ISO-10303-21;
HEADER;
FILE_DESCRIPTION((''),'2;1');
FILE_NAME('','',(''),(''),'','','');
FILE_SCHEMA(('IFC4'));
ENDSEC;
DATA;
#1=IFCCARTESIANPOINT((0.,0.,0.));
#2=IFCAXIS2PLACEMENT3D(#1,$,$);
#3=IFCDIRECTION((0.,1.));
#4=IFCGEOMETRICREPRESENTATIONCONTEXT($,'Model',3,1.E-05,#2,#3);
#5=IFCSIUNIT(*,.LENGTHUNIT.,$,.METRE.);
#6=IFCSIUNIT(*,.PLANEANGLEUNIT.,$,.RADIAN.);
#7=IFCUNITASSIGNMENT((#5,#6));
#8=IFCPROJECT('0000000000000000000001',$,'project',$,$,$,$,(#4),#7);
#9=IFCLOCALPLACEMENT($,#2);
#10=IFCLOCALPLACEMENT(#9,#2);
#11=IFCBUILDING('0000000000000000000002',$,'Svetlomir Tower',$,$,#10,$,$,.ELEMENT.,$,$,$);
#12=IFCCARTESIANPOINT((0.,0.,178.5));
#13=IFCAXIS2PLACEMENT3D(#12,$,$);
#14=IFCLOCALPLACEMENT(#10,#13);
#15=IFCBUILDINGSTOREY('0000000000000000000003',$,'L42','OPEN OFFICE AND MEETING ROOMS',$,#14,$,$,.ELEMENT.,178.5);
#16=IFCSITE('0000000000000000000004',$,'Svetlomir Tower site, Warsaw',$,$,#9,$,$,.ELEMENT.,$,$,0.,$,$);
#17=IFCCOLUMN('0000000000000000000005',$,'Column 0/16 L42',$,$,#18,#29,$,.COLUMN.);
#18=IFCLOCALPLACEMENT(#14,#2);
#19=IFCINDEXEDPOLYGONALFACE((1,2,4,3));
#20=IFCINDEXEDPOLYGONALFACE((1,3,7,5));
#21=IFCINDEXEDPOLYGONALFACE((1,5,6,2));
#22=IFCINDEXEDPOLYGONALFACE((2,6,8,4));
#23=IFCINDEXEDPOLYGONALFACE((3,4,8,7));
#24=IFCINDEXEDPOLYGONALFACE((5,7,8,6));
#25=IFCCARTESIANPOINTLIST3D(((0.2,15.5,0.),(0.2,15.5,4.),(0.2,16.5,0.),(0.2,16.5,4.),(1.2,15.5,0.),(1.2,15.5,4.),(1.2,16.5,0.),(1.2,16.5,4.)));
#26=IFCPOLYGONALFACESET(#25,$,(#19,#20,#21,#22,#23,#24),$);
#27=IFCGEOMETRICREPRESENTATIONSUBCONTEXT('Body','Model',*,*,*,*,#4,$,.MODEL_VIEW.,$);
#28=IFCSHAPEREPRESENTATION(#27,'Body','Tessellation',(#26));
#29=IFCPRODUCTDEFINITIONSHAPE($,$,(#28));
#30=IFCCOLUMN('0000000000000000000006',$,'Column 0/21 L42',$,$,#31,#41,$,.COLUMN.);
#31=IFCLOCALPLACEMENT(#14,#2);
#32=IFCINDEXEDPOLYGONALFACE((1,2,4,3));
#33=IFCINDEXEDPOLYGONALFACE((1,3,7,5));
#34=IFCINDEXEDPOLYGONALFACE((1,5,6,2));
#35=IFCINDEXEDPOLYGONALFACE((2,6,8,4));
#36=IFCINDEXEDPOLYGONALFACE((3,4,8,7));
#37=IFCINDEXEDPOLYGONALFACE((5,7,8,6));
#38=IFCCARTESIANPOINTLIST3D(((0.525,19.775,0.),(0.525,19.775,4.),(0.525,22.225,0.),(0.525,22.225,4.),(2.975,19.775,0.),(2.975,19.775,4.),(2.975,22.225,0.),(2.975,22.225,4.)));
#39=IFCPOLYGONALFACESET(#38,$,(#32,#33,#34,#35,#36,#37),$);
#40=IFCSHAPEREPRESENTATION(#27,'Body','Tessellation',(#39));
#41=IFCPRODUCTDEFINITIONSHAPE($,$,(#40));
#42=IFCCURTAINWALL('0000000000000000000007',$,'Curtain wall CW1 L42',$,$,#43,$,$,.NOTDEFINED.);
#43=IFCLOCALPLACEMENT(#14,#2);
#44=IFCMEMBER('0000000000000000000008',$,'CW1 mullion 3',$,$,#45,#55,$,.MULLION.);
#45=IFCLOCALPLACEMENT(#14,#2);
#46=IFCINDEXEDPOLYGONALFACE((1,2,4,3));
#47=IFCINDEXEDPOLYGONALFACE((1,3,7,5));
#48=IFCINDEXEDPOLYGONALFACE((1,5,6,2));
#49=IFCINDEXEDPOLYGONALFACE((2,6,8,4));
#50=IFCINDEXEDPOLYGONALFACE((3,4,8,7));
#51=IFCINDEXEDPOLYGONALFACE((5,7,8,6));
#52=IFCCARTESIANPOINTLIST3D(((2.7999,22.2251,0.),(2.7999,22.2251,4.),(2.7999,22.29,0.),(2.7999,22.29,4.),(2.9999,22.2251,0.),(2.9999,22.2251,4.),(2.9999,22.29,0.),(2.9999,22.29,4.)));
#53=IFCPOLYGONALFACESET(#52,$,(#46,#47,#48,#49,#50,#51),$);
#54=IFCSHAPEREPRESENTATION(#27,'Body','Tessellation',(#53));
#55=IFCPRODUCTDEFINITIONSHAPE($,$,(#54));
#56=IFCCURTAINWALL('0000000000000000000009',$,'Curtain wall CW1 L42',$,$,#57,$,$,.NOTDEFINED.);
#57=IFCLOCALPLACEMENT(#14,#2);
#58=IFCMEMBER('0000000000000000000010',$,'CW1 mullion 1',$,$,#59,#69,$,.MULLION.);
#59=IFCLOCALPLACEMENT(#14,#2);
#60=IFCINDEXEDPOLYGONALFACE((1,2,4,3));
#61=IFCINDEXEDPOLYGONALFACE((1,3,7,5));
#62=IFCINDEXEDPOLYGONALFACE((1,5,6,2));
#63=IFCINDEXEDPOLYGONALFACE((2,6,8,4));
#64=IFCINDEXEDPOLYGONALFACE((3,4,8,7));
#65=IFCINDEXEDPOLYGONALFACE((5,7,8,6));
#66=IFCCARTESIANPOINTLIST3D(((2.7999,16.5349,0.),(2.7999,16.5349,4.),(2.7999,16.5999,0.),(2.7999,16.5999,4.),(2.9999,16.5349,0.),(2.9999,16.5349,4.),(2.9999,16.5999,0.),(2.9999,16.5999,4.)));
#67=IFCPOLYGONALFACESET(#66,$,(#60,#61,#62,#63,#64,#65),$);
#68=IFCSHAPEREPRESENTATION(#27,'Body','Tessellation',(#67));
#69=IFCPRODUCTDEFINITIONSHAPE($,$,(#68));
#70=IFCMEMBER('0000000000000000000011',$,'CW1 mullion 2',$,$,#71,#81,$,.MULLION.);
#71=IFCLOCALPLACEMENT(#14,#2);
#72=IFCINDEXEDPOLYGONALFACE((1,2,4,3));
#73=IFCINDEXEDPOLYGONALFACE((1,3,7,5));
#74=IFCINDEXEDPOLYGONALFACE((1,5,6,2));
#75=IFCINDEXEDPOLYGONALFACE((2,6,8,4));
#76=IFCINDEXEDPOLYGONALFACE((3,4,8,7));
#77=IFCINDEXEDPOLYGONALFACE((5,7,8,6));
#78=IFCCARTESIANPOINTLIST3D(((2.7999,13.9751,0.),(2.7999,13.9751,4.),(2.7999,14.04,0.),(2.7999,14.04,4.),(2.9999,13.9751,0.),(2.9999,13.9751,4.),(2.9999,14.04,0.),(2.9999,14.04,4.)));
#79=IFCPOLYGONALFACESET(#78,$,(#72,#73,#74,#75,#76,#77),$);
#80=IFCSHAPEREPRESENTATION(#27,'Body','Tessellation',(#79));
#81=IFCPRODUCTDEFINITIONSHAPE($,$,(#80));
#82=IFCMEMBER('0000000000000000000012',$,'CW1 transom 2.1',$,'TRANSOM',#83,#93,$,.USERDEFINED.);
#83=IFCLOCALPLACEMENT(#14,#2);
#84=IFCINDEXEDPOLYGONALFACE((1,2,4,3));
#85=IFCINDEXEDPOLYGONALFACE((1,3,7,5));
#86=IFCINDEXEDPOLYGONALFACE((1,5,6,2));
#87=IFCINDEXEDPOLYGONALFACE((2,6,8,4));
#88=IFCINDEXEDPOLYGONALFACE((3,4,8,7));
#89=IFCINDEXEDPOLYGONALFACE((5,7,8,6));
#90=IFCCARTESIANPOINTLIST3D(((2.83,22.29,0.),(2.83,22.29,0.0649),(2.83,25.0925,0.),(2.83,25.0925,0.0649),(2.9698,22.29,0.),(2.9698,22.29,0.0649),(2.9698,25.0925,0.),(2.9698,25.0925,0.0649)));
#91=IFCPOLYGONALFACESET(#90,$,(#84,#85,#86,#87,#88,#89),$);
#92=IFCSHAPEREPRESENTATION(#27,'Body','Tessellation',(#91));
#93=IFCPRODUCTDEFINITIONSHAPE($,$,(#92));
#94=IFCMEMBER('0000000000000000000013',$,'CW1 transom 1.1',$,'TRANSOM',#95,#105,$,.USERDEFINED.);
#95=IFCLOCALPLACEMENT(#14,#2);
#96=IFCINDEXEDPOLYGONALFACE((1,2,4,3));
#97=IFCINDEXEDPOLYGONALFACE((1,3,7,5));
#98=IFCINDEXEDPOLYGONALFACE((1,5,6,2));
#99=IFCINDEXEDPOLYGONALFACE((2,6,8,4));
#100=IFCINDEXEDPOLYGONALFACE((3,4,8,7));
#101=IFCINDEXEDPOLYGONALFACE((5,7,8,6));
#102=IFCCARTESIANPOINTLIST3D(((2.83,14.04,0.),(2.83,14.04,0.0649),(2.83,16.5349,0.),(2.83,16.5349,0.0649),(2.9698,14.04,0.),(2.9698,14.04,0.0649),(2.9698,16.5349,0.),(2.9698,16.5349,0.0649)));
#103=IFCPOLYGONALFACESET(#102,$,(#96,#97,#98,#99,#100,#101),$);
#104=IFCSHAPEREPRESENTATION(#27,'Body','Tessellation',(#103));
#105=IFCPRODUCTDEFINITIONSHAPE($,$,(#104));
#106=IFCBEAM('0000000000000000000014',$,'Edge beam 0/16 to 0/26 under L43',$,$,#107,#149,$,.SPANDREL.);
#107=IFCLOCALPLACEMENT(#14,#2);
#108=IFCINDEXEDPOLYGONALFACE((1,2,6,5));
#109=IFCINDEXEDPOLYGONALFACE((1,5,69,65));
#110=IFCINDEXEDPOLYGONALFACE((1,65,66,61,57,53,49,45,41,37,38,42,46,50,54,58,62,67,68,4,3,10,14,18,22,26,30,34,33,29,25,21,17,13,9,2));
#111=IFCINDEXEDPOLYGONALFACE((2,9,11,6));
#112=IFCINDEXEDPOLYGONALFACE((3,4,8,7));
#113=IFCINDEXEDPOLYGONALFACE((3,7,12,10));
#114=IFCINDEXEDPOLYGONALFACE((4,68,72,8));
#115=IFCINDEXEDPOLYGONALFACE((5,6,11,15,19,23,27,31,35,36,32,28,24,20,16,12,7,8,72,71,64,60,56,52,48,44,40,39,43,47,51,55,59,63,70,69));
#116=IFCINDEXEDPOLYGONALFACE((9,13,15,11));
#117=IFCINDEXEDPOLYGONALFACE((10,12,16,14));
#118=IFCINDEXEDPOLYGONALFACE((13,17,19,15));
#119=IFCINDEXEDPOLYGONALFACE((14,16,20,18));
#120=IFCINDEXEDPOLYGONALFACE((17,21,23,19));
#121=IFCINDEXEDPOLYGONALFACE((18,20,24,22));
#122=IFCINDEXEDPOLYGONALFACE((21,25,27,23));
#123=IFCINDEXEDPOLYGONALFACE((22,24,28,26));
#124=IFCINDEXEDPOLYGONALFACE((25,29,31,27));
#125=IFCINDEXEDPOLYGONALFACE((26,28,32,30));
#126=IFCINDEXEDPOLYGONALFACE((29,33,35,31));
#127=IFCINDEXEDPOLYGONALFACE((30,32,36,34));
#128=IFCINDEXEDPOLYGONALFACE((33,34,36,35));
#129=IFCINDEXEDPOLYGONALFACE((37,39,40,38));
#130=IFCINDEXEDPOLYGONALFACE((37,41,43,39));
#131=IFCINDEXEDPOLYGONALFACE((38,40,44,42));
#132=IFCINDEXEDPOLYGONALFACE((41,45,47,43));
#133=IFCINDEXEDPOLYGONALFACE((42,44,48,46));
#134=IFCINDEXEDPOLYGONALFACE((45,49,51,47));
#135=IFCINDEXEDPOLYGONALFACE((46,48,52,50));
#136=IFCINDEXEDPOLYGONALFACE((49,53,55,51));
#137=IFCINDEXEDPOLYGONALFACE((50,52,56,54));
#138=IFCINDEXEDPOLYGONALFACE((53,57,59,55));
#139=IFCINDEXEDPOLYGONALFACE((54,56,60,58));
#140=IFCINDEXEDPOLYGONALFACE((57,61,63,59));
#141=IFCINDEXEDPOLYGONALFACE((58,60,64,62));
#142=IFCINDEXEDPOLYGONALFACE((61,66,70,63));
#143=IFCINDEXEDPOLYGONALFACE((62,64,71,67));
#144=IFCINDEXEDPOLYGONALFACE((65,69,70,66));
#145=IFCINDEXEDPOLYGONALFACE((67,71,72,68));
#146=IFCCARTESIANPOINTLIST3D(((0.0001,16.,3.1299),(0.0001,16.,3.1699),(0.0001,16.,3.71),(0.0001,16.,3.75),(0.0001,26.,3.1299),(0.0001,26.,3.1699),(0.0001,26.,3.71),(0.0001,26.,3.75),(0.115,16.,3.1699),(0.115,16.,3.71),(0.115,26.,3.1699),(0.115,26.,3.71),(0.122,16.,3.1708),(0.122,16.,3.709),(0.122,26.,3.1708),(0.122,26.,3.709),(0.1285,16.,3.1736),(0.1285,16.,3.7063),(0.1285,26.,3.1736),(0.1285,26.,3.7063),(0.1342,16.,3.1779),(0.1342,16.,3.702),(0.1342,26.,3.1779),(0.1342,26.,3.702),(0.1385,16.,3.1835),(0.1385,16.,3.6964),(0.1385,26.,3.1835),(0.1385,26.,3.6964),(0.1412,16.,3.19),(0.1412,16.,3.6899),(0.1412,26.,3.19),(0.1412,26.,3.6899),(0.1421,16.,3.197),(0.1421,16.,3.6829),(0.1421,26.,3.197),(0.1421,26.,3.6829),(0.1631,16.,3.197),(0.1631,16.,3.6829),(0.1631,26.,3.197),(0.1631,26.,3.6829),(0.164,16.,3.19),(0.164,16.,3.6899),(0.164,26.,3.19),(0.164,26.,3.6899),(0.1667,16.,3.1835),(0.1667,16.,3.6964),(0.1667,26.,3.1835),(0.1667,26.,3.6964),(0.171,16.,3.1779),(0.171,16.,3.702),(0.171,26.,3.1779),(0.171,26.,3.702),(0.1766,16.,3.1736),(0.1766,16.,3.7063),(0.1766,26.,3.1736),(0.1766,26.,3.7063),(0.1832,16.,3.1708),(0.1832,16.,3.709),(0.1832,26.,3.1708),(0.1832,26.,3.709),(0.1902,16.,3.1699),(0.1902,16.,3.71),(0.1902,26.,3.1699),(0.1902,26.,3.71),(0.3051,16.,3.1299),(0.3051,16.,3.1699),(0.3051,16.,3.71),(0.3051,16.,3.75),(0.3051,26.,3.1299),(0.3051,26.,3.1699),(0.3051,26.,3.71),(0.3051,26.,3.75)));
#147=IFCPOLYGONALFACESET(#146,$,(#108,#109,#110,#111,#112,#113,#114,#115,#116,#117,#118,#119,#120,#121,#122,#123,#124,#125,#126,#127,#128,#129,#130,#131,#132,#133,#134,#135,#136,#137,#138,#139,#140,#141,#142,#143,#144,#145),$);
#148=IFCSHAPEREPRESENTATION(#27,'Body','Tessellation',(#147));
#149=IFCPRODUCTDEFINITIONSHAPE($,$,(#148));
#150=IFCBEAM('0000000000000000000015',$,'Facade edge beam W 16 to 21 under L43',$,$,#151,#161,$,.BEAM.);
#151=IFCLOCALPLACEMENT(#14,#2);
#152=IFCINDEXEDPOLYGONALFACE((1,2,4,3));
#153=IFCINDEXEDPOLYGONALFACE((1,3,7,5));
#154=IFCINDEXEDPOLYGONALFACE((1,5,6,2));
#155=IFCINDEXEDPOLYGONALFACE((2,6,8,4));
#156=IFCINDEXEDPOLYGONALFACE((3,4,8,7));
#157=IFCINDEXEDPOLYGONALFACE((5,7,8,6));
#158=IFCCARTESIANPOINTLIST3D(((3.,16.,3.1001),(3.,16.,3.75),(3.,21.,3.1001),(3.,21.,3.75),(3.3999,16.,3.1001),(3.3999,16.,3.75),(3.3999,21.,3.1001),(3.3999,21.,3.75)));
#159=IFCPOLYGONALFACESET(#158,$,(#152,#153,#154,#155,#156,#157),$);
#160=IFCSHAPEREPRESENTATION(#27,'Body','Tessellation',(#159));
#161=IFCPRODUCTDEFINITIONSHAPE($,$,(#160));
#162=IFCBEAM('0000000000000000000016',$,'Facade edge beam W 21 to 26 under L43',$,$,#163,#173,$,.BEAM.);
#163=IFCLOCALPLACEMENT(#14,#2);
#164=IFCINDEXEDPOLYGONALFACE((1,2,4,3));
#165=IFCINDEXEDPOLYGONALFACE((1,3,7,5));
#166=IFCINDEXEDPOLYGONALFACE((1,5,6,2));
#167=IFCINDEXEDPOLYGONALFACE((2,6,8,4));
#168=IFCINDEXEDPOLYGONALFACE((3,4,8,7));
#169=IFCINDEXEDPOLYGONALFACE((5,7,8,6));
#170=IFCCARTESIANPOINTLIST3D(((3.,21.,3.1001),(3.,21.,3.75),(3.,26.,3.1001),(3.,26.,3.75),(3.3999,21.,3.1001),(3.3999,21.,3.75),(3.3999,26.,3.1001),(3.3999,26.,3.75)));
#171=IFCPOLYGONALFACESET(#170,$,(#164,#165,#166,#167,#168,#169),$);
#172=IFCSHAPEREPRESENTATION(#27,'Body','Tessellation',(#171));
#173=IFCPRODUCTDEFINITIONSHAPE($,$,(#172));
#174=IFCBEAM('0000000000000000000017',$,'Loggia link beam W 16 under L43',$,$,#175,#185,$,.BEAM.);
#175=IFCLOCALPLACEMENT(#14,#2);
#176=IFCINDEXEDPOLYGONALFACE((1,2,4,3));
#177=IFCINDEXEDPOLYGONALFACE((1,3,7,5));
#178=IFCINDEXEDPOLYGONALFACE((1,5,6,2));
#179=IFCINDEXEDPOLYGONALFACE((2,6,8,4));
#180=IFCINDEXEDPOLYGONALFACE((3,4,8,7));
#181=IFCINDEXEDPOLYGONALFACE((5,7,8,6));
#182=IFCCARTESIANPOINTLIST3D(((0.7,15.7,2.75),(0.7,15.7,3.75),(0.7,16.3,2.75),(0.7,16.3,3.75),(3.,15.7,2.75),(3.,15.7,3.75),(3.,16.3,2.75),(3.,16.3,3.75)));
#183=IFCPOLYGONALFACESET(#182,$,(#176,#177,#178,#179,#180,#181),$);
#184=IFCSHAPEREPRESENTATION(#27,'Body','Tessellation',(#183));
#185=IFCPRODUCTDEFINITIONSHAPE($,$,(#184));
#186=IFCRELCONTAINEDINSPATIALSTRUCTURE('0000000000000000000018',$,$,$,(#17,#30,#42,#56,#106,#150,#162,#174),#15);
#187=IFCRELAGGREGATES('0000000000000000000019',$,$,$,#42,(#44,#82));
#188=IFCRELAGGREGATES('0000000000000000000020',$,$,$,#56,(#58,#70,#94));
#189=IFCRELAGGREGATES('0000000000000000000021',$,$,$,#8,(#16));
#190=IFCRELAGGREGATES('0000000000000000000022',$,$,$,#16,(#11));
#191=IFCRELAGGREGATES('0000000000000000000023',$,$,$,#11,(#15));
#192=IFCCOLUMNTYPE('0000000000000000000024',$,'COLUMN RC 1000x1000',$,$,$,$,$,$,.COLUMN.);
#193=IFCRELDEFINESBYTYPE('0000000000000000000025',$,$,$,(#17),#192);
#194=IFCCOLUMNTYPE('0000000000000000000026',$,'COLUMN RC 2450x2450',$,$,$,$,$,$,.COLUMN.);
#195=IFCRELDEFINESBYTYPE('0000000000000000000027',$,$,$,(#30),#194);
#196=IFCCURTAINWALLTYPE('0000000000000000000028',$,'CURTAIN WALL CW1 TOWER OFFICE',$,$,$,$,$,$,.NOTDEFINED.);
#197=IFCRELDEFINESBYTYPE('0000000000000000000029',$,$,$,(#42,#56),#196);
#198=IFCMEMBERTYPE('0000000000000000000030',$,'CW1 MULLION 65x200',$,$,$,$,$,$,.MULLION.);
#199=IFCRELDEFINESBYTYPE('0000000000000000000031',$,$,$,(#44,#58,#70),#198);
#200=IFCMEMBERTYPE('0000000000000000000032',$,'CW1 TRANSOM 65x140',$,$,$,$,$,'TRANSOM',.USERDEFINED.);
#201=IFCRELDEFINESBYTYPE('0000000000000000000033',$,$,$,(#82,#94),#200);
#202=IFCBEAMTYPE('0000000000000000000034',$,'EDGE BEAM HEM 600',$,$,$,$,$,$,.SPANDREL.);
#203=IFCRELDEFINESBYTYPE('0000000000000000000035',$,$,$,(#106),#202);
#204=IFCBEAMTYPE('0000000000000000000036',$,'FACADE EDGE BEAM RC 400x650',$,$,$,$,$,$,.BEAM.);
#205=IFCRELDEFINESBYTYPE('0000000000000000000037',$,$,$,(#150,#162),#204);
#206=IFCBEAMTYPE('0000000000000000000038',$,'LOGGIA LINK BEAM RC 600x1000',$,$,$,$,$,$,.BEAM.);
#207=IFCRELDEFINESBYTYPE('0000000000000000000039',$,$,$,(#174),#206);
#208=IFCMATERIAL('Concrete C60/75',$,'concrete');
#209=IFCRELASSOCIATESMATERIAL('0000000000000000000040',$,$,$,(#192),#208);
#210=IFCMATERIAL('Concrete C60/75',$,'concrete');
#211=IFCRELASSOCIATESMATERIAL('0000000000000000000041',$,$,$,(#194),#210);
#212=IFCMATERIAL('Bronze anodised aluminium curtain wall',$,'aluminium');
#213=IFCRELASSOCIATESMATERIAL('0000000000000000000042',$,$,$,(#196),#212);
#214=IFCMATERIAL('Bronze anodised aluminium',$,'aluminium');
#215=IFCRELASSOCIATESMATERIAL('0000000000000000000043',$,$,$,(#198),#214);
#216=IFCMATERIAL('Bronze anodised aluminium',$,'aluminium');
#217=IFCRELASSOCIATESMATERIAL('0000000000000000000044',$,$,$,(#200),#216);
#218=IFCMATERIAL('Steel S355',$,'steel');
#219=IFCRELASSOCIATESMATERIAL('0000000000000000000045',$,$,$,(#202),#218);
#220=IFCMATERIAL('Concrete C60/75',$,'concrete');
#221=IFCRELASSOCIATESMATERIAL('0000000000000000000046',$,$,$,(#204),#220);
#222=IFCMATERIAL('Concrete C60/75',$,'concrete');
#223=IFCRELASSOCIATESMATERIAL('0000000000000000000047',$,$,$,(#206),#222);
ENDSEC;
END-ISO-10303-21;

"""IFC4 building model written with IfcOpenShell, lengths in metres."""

from ifc_helpers import new_model, si_unit, direction, frame, origin, origin_2d, place, context, subcontext, project, spatial, rectangle, i_section, extrude, material, material_profile, profile_set, type_object, element, aggregate, save


model = new_model("IFC4")

# Units and contexts
model_context = context("Model", 3, precision=1e-05, world=origin(), true_north=direction((0.0, 1.0)))
body_context = subcontext(model_context, "Body", "Model", "MODEL_VIEW")
ifc_project = project(units=[si_unit("LENGTHUNIT", "METRE"), si_unit("PLANEANGLEUNIT", "RADIAN")], contexts=[model_context])

# Site, building, storey
site_placement = place(None, origin())
site = spatial("IfcSite", under=ifc_project, at=site_placement, Name="Svetlomir Tower site, Warsaw", CompositionType="ELEMENT", RefElevation=0.0)
building_placement = place(site_placement, origin())
building = spatial("IfcBuilding", under=site, at=building_placement, Name="Svetlomir Tower", CompositionType="ELEMENT")
storey_placement = place(building_placement, frame((0.0, 0.0, 178.5)))
storey = spatial("IfcBuildingStorey", under=building, at=storey_placement, Name="L42", Description="OPEN OFFICE AND MEETING ROOMS", CompositionType="ELEMENT", Elevation=178.5)

# Columns
ifc_material_1 = material(Name="Concrete C60/75", Category="concrete")
ifc_material_profile_1 = material_profile(ifc_material_1, rectangle(XDim=1.0, YDim=1.0, at=origin_2d()), Name="RC 1000x1000")
ifc_profile_set_1 = profile_set([ifc_material_profile_1], Name="Concrete C60/75")
column_type_1 = type_object("IfcColumnType", Name="COLUMN RC 1000x1000", PredefinedType="COLUMN", material=ifc_profile_set_1)
column_1_placement = place(storey_placement, frame((0.7, 16.0, 0.0), z_axis=(0.0, 0.0, 1.0), x_axis=(1.0, 0.0, 0.0)))
element("IfcColumn", 1, at=column_1_placement, inside=storey, type_object=column_type_1, Name="Column 0/16 L42", PredefinedType="COLUMN", context=body_context, shape_type="SweptSolid", body=[
    extrude(rectangle(XDim=1.0, YDim=1.0, at=origin_2d()), origin(), (0.0, 0.0, 1.0), 4.0),
])
ifc_material_2 = material(Name="Concrete C60/75", Category="concrete")
ifc_material_profile_2 = material_profile(ifc_material_2, rectangle(XDim=2.45, YDim=2.45, at=origin_2d()), Name="RC 2450x2450")
ifc_profile_set_2 = profile_set([ifc_material_profile_2], Name="Concrete C60/75")
column_type_2 = type_object("IfcColumnType", Name="COLUMN RC 2450x2450", PredefinedType="COLUMN", material=ifc_profile_set_2)
column_2_placement = place(storey_placement, frame((1.75, 21.0, 0.0), z_axis=(0.0, 0.0, 1.0), x_axis=(1.0, 0.0, 0.0)))
element("IfcColumn", 2, at=column_2_placement, inside=storey, type_object=column_type_2, Name="Column 0/21 L42", PredefinedType="COLUMN", context=body_context, shape_type="SweptSolid", body=[
    extrude(rectangle(XDim=2.45, YDim=2.45, at=origin_2d()), origin(), (0.0, 0.0, 1.0), 4.0),
])

# Curtain wall, member
ifc_material_3 = material(Name="Bronze anodised aluminium curtain wall", Category="aluminium")
curtain_wall_type = type_object("IfcCurtainWallType", Name="CURTAIN WALL CW1 TOWER OFFICE", PredefinedType="NOTDEFINED", material=ifc_material_3)
curtain_wall_1_placement = place(storey_placement, origin())
curtain_wall_1 = element("IfcCurtainWall", 3, at=curtain_wall_1_placement, inside=storey, type_object=curtain_wall_type, Name="Curtain wall CW1 L42", PredefinedType="NOTDEFINED")
ifc_material_4 = material(Name="Bronze anodised aluminium", Category="aluminium")
ifc_material_profile_3 = material_profile(ifc_material_4, rectangle(XDim=0.0649, YDim=0.2, at=origin_2d()), Name="AL 65x200")
ifc_profile_set_3 = profile_set([ifc_material_profile_3], Name="Bronze anodised aluminium 6063-T6")
member_type_1 = type_object("IfcMemberType", Name="CW1 MULLION 65x200", PredefinedType="MULLION", material=ifc_profile_set_3)
member_1_placement = place(storey_placement, frame((2.8999, 22.2576, 0.0), z_axis=(0.0, 0.0, 1.0), x_axis=(0.0, -1.0, 0.0)))
member_1 = element("IfcMember", 4, at=member_1_placement, type_object=member_type_1, Name="CW1 mullion 3", PredefinedType="MULLION", context=body_context, shape_type="SweptSolid", body=[
    extrude(rectangle(XDim=0.0649, YDim=0.2, at=origin_2d()), origin(), (0.0, 0.0, 1.0), 4.0),
])

# Curtain wall, members
curtain_wall_2_placement = place(storey_placement, origin())
curtain_wall_2 = element("IfcCurtainWall", 5, at=curtain_wall_2_placement, inside=storey, type_object=curtain_wall_type, Name="Curtain wall CW1 L42", PredefinedType="NOTDEFINED")
member_2_placement = place(storey_placement, frame((2.8999, 16.5674, 0.0), z_axis=(0.0, 0.0, 1.0), x_axis=(0.0, -1.0, 0.0)))
member_2 = element("IfcMember", 6, at=member_2_placement, type_object=member_type_1, Name="CW1 mullion 1", PredefinedType="MULLION", context=body_context, shape_type="SweptSolid", body=[
    extrude(rectangle(XDim=0.0649, YDim=0.2, at=origin_2d()), origin(), (0.0, 0.0, 1.0), 4.0),
])
member_3_placement = place(storey_placement, frame((2.8999, 14.0076, 0.0), z_axis=(0.0, 0.0, 1.0), x_axis=(0.0, -1.0, 0.0)))
member_3 = element("IfcMember", 7, at=member_3_placement, type_object=member_type_1, Name="CW1 mullion 2", PredefinedType="MULLION", context=body_context, shape_type="SweptSolid", body=[
    extrude(rectangle(XDim=0.0649, YDim=0.2, at=origin_2d()), origin(), (0.0, 0.0, 1.0), 4.0),
])

# Members
ifc_material_5 = material(Name="Bronze anodised aluminium", Category="aluminium")
ifc_material_profile_4 = material_profile(ifc_material_5, rectangle(XDim=0.1399, YDim=0.0649, at=origin_2d()), Name="AL 140x65")
ifc_profile_set_4 = profile_set([ifc_material_profile_4], Name="Bronze anodised aluminium 6063-T6")
member_type_2 = type_object("IfcMemberType", Name="CW1 TRANSOM 65x140", ElementType="TRANSOM", PredefinedType="USERDEFINED", material=ifc_profile_set_4)
member_4_placement = place(storey_placement, frame((2.8999, 25.0925, 0.0325), z_axis=(0.0, -1.0, 0.0), x_axis=(1.0, 0.0, 0.0)))
member_4 = element("IfcMember", 8, at=member_4_placement, type_object=member_type_2, Name="CW1 transom 2.1", ObjectType="TRANSOM", PredefinedType="USERDEFINED", context=body_context, shape_type="SweptSolid", body=[
    extrude(rectangle(XDim=0.1399, YDim=0.0649, at=origin_2d()), origin(), (0.0, 0.0, 1.0), 2.8025),
])
member_5_placement = place(storey_placement, frame((2.8999, 16.5349, 0.0325), z_axis=(0.0, -1.0, 0.0), x_axis=(1.0, 0.0, 0.0)))
member_5 = element("IfcMember", 9, at=member_5_placement, type_object=member_type_2, Name="CW1 transom 1.1", ObjectType="TRANSOM", PredefinedType="USERDEFINED", context=body_context, shape_type="SweptSolid", body=[
    extrude(rectangle(XDim=0.1399, YDim=0.0649, at=origin_2d()), origin(), (0.0, 0.0, 1.0), 2.4949),
])

# Beams
ifc_material_6 = material(Name="Steel S355", Category="steel")
ifc_material_profile_5 = material_profile(ifc_material_6, i_section(OverallWidth=0.3049, OverallDepth=0.6201, WebThickness=0.021, FlangeThickness=0.04, FilletRadius=0.0271, at=origin_2d()), Name="HEM 600")
ifc_profile_set_5 = profile_set([ifc_material_profile_5], Name="Steel S355")
beam_type_1 = type_object("IfcBeamType", Name="EDGE BEAM HEM 600", PredefinedType="SPANDREL", material=ifc_profile_set_5)
beam_1_placement = place(storey_placement, frame((0.1526, 16.0, 3.4399), z_axis=(0.0, 1.0, 0.0), x_axis=(-1.0, 0.0, 0.0)))
element("IfcBeam", 10, at=beam_1_placement, inside=storey, type_object=beam_type_1, Name="Edge beam 0/16 to 0/26 under L43", PredefinedType="SPANDREL", context=body_context, shape_type="SweptSolid", body=[
    extrude(i_section(OverallWidth=0.3049, OverallDepth=0.6201, WebThickness=0.021, FlangeThickness=0.04, FilletRadius=0.0271, at=origin_2d()), origin(), (0.0, 0.0, 1.0), 10.0),
])
ifc_material_7 = material(Name="Concrete C60/75", Category="concrete")
ifc_material_profile_6 = material_profile(ifc_material_7, rectangle(XDim=0.3999, YDim=0.6499, at=origin_2d()), Name="RC 400x650")
ifc_profile_set_6 = profile_set([ifc_material_profile_6], Name="Concrete C60/75")
beam_type_2 = type_object("IfcBeamType", Name="FACADE EDGE BEAM RC 400x650", PredefinedType="BEAM", material=ifc_profile_set_6)
for number, where, z_axis, x_axis, name in (
    (11, (3.2, 16.0, 3.425), (0.0, 1.0, 0.0), (-1.0, 0.0, 0.0), "Facade edge beam W 16 to 21 under L43"),
    (12, (3.2, 21.0, 3.425), (0.0, 1.0, 0.0), (-1.0, 0.0, 0.0), "Facade edge beam W 21 to 26 under L43"),
):
    element("IfcBeam", number, at=place(storey_placement, frame(where, z_axis=z_axis, x_axis=x_axis)), inside=storey, type_object=beam_type_2, Name=name, PredefinedType="BEAM", context=body_context, shape_type="SweptSolid", body=[
        extrude(rectangle(XDim=0.3999, YDim=0.6499, at=origin_2d()), origin(), (0.0, 0.0, 1.0), 5.0),
    ])
ifc_material_8 = material(Name="Concrete C60/75", Category="concrete")
ifc_material_profile_7 = material_profile(ifc_material_8, rectangle(XDim=0.6001, YDim=1.0, at=origin_2d()), Name="RC 600x1000")
ifc_profile_set_7 = profile_set([ifc_material_profile_7], Name="Concrete C60/75")
beam_type_3 = type_object("IfcBeamType", Name="LOGGIA LINK BEAM RC 600x1000", PredefinedType="BEAM", material=ifc_profile_set_7)
beam_2_placement = place(storey_placement, frame((0.7, 16.0, 3.25), z_axis=(1.0, 0.0, 0.0), x_axis=(0.0, 1.0, 0.0)))
element("IfcBeam", 13, at=beam_2_placement, inside=storey, type_object=beam_type_3, Name="Loggia link beam W 16 under L43", PredefinedType="BEAM", context=body_context, shape_type="SweptSolid", body=[
    extrude(rectangle(XDim=0.6001, YDim=1.0, at=origin_2d()), origin(), (0.0, 0.0, 1.0), 2.3),
])

aggregate(curtain_wall_1, [member_1, member_4])
aggregate(curtain_wall_2, [member_2, member_3, member_5])

save(model, "model.ifc")
